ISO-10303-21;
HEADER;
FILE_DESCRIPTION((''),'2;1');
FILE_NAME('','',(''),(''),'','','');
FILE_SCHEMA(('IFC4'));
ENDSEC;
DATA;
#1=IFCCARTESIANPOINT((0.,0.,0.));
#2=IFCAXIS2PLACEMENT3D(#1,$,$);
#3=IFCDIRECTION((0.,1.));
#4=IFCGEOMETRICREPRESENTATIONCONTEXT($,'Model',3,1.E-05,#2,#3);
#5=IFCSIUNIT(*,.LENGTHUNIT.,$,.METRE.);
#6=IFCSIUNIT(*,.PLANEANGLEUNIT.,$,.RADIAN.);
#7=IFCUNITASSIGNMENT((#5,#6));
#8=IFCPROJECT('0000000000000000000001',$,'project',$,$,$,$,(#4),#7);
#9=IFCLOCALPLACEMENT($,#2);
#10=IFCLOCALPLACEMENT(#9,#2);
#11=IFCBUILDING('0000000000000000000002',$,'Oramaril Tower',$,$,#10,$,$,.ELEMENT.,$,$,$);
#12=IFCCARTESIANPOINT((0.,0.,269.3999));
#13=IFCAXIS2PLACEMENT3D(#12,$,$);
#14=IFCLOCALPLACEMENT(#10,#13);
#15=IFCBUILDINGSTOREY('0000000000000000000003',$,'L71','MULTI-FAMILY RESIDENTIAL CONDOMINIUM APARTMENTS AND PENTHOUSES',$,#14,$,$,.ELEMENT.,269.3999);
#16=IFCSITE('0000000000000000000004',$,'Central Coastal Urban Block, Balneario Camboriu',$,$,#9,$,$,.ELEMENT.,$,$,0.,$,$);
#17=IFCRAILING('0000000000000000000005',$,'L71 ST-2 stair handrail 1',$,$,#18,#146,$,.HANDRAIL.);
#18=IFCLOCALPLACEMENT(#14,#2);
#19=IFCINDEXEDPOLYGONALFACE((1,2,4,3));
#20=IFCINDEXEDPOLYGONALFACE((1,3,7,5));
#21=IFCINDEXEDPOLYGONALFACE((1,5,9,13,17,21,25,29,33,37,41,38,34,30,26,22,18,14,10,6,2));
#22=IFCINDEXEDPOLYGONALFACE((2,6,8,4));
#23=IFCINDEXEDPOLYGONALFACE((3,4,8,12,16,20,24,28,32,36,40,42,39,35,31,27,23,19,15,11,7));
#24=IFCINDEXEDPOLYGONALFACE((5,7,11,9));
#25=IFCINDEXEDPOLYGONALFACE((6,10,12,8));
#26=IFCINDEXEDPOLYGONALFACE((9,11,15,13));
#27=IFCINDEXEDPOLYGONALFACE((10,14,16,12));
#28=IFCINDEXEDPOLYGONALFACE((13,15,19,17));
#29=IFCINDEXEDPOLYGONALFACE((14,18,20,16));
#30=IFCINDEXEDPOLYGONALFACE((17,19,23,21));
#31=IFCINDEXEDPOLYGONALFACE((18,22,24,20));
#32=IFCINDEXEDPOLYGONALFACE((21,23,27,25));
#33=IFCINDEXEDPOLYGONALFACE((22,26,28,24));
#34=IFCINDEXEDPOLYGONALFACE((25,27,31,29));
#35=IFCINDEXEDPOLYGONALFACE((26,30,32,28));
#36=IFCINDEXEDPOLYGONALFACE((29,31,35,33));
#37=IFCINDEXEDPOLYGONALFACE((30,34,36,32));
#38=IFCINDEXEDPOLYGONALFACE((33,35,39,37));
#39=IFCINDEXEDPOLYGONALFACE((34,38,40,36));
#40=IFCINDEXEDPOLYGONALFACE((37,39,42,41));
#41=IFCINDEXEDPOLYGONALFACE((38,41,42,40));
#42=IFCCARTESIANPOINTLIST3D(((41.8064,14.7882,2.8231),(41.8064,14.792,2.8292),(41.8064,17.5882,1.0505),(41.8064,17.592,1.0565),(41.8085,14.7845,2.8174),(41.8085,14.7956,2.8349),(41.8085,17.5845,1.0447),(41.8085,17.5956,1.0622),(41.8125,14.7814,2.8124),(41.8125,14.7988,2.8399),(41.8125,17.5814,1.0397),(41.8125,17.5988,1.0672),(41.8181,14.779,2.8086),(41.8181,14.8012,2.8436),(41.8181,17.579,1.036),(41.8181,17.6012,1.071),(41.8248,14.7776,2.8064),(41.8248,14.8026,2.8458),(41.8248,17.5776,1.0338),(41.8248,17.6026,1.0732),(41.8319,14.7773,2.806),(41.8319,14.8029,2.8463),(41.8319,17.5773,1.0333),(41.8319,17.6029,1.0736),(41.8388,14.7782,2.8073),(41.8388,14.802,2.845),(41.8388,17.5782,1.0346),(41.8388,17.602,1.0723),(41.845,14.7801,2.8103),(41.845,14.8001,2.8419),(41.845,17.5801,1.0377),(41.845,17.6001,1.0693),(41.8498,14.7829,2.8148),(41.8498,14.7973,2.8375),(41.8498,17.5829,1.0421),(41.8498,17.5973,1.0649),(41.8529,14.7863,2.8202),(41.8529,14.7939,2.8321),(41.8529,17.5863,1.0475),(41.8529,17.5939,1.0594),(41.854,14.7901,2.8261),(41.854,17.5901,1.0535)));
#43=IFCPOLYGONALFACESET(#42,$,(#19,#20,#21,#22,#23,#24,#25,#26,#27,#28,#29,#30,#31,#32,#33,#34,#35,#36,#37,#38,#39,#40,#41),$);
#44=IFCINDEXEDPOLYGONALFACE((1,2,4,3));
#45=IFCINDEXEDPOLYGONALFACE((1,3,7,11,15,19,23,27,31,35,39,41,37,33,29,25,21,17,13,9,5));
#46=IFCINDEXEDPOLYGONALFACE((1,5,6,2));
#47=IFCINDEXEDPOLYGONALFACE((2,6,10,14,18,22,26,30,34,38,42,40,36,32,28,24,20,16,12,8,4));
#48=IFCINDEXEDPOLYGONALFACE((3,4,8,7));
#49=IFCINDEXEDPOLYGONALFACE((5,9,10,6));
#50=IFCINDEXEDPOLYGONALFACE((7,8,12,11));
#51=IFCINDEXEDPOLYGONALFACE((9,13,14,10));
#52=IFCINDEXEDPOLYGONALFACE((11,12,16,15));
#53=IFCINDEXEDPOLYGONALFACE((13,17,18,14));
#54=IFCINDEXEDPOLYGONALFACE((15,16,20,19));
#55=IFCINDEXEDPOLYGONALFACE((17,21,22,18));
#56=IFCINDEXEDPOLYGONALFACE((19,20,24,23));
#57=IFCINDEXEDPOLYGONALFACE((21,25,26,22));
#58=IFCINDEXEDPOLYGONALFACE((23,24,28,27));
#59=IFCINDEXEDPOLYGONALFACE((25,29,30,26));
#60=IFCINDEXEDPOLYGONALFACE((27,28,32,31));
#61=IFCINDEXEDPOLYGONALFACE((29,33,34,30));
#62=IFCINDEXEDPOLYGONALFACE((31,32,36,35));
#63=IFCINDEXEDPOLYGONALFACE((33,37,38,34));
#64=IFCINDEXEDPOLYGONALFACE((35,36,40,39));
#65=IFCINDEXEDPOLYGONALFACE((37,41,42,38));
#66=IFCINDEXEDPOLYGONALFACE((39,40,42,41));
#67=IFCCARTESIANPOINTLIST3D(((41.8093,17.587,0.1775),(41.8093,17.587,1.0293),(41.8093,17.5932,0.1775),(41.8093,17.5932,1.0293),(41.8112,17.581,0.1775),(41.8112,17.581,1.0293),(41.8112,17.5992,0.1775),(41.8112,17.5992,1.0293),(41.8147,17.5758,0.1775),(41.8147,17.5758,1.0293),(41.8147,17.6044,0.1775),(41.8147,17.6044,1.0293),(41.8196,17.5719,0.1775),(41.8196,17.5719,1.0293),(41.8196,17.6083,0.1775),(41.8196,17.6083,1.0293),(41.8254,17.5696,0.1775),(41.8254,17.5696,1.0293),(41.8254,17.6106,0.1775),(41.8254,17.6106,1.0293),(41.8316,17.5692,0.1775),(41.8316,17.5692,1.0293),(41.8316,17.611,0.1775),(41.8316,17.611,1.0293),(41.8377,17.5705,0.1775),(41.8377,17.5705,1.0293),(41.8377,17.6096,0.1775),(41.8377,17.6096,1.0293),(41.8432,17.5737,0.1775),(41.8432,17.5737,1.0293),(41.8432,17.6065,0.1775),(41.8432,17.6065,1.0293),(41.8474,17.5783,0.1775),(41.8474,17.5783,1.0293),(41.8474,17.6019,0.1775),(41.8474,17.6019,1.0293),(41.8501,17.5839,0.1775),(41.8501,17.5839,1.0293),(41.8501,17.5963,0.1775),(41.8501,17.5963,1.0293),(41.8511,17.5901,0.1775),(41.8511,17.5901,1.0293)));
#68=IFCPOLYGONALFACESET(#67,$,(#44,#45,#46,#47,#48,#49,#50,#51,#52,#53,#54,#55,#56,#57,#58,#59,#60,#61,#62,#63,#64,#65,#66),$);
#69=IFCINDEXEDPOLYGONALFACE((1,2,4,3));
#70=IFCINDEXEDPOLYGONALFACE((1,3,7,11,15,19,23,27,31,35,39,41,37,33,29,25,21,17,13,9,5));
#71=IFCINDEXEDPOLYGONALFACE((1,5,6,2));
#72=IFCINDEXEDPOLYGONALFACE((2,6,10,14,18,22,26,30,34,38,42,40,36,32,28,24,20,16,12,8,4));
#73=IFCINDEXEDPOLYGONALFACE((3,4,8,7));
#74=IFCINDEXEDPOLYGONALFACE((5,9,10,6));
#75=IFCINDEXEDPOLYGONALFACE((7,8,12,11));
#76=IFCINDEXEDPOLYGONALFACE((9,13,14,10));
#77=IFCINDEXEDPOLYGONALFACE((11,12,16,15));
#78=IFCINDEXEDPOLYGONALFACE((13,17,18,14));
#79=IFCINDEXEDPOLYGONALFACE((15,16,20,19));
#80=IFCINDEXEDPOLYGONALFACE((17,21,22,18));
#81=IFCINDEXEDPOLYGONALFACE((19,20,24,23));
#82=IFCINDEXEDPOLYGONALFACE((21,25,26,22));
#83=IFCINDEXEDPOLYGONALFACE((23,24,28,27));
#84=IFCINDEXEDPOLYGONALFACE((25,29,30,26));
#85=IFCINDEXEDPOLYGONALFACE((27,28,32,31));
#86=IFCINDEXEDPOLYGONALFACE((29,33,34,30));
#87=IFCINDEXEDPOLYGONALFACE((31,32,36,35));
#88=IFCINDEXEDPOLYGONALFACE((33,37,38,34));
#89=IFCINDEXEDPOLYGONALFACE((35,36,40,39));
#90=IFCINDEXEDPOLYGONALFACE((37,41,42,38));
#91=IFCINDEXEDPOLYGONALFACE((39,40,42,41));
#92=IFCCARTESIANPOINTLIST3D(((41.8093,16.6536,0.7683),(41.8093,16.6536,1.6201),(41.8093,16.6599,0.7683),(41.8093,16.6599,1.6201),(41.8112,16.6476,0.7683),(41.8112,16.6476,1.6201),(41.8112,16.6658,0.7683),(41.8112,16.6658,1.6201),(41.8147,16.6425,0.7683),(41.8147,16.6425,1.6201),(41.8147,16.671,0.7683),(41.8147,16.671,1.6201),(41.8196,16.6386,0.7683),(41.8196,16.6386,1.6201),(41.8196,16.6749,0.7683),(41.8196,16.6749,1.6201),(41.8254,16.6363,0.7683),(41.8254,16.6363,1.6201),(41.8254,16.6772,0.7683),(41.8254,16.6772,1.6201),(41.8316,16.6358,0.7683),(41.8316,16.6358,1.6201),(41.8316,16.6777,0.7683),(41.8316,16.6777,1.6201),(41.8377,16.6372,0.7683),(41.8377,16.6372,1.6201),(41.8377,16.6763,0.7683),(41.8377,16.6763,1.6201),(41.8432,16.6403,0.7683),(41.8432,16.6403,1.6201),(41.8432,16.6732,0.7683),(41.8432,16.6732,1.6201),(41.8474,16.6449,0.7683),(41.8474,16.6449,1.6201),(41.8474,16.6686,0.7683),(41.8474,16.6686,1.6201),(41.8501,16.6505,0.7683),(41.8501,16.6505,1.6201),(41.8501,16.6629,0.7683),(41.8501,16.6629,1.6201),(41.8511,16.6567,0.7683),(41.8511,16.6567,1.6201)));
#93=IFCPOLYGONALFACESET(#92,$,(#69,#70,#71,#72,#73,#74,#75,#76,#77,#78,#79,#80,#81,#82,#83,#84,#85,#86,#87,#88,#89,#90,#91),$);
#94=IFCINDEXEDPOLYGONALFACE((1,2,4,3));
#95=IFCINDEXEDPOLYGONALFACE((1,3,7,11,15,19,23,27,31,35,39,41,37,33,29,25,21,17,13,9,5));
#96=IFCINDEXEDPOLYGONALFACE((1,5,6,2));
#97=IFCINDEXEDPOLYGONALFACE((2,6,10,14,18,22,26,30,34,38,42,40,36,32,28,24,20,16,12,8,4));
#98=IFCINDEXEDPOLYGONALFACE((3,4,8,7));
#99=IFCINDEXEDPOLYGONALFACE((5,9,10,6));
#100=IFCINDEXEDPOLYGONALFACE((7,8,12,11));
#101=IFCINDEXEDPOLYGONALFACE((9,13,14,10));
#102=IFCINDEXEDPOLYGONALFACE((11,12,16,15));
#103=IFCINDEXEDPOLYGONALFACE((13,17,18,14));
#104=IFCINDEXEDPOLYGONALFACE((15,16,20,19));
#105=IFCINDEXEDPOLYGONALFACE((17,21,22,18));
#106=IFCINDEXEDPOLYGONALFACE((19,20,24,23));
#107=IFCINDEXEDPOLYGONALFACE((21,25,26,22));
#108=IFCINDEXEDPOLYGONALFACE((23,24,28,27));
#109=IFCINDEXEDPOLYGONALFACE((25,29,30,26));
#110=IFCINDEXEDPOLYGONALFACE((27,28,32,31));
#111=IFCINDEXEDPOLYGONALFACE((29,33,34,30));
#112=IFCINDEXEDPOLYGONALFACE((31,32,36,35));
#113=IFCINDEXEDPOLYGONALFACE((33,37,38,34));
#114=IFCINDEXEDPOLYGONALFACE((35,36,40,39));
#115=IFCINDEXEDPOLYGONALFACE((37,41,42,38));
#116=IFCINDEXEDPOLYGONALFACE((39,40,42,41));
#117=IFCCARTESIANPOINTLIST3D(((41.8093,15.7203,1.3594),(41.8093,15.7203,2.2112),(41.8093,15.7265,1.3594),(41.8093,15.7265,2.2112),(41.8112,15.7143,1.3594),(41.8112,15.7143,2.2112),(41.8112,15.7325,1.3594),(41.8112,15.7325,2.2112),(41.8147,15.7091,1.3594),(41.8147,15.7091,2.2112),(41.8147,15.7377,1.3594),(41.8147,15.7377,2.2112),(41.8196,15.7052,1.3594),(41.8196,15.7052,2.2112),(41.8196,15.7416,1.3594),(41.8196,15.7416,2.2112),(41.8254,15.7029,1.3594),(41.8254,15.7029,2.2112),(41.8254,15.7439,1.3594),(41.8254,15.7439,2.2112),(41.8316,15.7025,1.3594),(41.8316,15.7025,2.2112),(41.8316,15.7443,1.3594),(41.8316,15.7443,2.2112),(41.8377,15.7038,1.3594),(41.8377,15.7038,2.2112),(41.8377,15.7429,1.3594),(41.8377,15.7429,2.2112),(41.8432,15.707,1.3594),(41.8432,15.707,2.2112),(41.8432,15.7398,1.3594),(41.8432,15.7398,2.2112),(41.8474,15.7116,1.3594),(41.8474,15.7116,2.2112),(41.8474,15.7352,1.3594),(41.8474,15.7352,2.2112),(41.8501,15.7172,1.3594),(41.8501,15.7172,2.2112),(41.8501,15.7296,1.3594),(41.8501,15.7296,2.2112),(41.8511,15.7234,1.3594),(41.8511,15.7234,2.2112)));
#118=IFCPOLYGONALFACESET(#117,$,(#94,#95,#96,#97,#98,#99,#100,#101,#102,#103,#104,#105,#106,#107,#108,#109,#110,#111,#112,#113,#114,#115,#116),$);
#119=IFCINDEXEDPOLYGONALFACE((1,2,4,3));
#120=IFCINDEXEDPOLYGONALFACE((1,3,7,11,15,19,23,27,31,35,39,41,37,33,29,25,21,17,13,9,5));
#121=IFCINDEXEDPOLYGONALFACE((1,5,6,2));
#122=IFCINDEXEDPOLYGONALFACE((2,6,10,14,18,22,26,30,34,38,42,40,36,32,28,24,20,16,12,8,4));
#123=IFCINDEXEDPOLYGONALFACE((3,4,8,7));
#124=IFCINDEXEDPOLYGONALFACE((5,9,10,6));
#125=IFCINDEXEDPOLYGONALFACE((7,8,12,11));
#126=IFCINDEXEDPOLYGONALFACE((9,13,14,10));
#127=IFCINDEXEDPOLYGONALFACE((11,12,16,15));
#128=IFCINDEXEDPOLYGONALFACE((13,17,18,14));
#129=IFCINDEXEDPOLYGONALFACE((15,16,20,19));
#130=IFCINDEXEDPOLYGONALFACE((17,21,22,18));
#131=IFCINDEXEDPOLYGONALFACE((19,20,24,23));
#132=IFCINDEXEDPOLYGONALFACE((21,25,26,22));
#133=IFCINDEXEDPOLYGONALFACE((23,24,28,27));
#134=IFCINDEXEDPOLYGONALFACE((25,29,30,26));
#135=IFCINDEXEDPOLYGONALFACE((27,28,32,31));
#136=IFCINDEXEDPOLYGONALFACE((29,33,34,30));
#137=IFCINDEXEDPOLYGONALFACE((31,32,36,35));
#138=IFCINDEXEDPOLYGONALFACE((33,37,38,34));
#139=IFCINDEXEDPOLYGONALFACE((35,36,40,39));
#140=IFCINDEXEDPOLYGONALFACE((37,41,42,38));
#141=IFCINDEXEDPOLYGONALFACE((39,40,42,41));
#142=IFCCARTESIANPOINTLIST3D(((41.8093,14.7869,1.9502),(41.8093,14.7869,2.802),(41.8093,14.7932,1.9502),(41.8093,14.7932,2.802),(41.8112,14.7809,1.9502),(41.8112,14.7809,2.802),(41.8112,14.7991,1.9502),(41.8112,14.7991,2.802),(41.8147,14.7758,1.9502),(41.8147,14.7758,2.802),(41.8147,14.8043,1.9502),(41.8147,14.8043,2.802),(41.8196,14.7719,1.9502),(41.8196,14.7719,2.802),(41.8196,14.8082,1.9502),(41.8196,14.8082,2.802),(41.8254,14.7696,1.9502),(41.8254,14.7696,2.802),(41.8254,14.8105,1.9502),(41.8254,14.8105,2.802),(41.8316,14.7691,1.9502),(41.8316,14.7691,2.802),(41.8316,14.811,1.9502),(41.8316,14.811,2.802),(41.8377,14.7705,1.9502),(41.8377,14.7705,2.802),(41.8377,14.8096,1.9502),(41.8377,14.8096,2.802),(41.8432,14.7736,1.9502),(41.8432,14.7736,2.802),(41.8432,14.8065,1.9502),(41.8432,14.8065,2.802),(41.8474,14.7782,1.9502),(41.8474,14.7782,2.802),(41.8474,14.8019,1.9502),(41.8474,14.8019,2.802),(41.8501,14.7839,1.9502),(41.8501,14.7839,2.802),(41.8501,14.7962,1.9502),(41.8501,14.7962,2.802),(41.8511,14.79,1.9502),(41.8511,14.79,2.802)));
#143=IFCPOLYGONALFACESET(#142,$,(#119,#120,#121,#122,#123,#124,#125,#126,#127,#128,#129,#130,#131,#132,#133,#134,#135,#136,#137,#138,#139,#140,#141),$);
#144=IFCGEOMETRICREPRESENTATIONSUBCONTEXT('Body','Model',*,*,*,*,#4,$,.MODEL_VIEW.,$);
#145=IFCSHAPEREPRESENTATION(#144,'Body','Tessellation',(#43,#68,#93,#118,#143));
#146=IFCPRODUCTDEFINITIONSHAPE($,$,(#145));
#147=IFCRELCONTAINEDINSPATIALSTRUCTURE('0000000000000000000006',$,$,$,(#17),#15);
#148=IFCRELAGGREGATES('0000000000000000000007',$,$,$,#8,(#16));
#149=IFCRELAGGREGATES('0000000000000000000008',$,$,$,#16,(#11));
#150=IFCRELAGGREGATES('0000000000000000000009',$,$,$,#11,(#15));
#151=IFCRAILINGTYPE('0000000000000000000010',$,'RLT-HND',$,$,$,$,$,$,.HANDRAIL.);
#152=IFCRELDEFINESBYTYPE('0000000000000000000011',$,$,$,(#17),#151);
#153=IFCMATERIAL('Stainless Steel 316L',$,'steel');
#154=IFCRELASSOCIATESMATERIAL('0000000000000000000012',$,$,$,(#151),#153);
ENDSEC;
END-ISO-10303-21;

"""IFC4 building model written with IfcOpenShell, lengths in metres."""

from ifc_helpers import new_model, si_unit, direction, frame, origin, origin_2d, place, context, subcontext, project, spatial, circle, extrude, material, type_object, element, save


model = new_model("IFC4")

# Units and contexts
model_context = context("Model", 3, precision=1e-05, world=origin(), true_north=direction((0.0, 1.0)))
body_context = subcontext(model_context, "Body", "Model", "MODEL_VIEW")
ifc_project = project(units=[si_unit("LENGTHUNIT", "METRE"), si_unit("PLANEANGLEUNIT", "RADIAN")], contexts=[model_context])

# Site, building, storey
site_placement = place(None, origin())
site = spatial("IfcSite", under=ifc_project, at=site_placement, Name="Central Coastal Urban Block, Balneario Camboriu", CompositionType="ELEMENT", RefElevation=0.0)
building_placement = place(site_placement, origin())
building = spatial("IfcBuilding", under=site, at=building_placement, Name="Oramaril Tower", CompositionType="ELEMENT")
storey_placement = place(building_placement, frame((0.0, 0.0, 269.3999)))
storey = spatial("IfcBuildingStorey", under=building, at=storey_placement, Name="L71", Description="MULTI-FAMILY RESIDENTIAL CONDOMINIUM APARTMENTS AND PENTHOUSES", CompositionType="ELEMENT", Elevation=269.3999)

# Railing
ifc_material_1 = material(Name="Stainless Steel 316L", Category="steel")
railing_type_1 = type_object("IfcRailingType", Name="RLT-HND", PredefinedType="HANDRAIL", material=ifc_material_1)
railing_1_placement = place(storey_placement, frame((41.8301, 17.5901, 0.1775)))
element("IfcRailing", 1, at=railing_1_placement, inside=storey, type_object=railing_type_1, Name="L71 ST-2 stair handrail 1", PredefinedType="HANDRAIL", context=body_context, shape_type="SweptSolid", body=[
    extrude(circle(Radius=0.0239, at=origin_2d()), frame((0.0, 0.0, 0.876), z_axis=(0.0, -0.844909, 0.53491), x_axis=(1.0, 0.0, 0.0)), (0.0, 0.0, 1.0), 3.314),
    extrude(circle(Radius=0.021, at=origin_2d()), origin(), (0.0, 0.0, 1.0), 0.8518),
    extrude(circle(Radius=0.021, at=origin_2d()), frame((0.0, -0.9333, 0.5908)), (0.0, 0.0, 1.0), 0.8518),
    extrude(circle(Radius=0.021, at=origin_2d()), frame((0.0, -1.8667, 1.1819)), (0.0, 0.0, 1.0), 0.8518),
    extrude(circle(Radius=0.021, at=origin_2d()), frame((0.0, -2.8, 1.7727)), (0.0, 0.0, 1.0), 0.8518),
])

save(model, "model.ifc")
